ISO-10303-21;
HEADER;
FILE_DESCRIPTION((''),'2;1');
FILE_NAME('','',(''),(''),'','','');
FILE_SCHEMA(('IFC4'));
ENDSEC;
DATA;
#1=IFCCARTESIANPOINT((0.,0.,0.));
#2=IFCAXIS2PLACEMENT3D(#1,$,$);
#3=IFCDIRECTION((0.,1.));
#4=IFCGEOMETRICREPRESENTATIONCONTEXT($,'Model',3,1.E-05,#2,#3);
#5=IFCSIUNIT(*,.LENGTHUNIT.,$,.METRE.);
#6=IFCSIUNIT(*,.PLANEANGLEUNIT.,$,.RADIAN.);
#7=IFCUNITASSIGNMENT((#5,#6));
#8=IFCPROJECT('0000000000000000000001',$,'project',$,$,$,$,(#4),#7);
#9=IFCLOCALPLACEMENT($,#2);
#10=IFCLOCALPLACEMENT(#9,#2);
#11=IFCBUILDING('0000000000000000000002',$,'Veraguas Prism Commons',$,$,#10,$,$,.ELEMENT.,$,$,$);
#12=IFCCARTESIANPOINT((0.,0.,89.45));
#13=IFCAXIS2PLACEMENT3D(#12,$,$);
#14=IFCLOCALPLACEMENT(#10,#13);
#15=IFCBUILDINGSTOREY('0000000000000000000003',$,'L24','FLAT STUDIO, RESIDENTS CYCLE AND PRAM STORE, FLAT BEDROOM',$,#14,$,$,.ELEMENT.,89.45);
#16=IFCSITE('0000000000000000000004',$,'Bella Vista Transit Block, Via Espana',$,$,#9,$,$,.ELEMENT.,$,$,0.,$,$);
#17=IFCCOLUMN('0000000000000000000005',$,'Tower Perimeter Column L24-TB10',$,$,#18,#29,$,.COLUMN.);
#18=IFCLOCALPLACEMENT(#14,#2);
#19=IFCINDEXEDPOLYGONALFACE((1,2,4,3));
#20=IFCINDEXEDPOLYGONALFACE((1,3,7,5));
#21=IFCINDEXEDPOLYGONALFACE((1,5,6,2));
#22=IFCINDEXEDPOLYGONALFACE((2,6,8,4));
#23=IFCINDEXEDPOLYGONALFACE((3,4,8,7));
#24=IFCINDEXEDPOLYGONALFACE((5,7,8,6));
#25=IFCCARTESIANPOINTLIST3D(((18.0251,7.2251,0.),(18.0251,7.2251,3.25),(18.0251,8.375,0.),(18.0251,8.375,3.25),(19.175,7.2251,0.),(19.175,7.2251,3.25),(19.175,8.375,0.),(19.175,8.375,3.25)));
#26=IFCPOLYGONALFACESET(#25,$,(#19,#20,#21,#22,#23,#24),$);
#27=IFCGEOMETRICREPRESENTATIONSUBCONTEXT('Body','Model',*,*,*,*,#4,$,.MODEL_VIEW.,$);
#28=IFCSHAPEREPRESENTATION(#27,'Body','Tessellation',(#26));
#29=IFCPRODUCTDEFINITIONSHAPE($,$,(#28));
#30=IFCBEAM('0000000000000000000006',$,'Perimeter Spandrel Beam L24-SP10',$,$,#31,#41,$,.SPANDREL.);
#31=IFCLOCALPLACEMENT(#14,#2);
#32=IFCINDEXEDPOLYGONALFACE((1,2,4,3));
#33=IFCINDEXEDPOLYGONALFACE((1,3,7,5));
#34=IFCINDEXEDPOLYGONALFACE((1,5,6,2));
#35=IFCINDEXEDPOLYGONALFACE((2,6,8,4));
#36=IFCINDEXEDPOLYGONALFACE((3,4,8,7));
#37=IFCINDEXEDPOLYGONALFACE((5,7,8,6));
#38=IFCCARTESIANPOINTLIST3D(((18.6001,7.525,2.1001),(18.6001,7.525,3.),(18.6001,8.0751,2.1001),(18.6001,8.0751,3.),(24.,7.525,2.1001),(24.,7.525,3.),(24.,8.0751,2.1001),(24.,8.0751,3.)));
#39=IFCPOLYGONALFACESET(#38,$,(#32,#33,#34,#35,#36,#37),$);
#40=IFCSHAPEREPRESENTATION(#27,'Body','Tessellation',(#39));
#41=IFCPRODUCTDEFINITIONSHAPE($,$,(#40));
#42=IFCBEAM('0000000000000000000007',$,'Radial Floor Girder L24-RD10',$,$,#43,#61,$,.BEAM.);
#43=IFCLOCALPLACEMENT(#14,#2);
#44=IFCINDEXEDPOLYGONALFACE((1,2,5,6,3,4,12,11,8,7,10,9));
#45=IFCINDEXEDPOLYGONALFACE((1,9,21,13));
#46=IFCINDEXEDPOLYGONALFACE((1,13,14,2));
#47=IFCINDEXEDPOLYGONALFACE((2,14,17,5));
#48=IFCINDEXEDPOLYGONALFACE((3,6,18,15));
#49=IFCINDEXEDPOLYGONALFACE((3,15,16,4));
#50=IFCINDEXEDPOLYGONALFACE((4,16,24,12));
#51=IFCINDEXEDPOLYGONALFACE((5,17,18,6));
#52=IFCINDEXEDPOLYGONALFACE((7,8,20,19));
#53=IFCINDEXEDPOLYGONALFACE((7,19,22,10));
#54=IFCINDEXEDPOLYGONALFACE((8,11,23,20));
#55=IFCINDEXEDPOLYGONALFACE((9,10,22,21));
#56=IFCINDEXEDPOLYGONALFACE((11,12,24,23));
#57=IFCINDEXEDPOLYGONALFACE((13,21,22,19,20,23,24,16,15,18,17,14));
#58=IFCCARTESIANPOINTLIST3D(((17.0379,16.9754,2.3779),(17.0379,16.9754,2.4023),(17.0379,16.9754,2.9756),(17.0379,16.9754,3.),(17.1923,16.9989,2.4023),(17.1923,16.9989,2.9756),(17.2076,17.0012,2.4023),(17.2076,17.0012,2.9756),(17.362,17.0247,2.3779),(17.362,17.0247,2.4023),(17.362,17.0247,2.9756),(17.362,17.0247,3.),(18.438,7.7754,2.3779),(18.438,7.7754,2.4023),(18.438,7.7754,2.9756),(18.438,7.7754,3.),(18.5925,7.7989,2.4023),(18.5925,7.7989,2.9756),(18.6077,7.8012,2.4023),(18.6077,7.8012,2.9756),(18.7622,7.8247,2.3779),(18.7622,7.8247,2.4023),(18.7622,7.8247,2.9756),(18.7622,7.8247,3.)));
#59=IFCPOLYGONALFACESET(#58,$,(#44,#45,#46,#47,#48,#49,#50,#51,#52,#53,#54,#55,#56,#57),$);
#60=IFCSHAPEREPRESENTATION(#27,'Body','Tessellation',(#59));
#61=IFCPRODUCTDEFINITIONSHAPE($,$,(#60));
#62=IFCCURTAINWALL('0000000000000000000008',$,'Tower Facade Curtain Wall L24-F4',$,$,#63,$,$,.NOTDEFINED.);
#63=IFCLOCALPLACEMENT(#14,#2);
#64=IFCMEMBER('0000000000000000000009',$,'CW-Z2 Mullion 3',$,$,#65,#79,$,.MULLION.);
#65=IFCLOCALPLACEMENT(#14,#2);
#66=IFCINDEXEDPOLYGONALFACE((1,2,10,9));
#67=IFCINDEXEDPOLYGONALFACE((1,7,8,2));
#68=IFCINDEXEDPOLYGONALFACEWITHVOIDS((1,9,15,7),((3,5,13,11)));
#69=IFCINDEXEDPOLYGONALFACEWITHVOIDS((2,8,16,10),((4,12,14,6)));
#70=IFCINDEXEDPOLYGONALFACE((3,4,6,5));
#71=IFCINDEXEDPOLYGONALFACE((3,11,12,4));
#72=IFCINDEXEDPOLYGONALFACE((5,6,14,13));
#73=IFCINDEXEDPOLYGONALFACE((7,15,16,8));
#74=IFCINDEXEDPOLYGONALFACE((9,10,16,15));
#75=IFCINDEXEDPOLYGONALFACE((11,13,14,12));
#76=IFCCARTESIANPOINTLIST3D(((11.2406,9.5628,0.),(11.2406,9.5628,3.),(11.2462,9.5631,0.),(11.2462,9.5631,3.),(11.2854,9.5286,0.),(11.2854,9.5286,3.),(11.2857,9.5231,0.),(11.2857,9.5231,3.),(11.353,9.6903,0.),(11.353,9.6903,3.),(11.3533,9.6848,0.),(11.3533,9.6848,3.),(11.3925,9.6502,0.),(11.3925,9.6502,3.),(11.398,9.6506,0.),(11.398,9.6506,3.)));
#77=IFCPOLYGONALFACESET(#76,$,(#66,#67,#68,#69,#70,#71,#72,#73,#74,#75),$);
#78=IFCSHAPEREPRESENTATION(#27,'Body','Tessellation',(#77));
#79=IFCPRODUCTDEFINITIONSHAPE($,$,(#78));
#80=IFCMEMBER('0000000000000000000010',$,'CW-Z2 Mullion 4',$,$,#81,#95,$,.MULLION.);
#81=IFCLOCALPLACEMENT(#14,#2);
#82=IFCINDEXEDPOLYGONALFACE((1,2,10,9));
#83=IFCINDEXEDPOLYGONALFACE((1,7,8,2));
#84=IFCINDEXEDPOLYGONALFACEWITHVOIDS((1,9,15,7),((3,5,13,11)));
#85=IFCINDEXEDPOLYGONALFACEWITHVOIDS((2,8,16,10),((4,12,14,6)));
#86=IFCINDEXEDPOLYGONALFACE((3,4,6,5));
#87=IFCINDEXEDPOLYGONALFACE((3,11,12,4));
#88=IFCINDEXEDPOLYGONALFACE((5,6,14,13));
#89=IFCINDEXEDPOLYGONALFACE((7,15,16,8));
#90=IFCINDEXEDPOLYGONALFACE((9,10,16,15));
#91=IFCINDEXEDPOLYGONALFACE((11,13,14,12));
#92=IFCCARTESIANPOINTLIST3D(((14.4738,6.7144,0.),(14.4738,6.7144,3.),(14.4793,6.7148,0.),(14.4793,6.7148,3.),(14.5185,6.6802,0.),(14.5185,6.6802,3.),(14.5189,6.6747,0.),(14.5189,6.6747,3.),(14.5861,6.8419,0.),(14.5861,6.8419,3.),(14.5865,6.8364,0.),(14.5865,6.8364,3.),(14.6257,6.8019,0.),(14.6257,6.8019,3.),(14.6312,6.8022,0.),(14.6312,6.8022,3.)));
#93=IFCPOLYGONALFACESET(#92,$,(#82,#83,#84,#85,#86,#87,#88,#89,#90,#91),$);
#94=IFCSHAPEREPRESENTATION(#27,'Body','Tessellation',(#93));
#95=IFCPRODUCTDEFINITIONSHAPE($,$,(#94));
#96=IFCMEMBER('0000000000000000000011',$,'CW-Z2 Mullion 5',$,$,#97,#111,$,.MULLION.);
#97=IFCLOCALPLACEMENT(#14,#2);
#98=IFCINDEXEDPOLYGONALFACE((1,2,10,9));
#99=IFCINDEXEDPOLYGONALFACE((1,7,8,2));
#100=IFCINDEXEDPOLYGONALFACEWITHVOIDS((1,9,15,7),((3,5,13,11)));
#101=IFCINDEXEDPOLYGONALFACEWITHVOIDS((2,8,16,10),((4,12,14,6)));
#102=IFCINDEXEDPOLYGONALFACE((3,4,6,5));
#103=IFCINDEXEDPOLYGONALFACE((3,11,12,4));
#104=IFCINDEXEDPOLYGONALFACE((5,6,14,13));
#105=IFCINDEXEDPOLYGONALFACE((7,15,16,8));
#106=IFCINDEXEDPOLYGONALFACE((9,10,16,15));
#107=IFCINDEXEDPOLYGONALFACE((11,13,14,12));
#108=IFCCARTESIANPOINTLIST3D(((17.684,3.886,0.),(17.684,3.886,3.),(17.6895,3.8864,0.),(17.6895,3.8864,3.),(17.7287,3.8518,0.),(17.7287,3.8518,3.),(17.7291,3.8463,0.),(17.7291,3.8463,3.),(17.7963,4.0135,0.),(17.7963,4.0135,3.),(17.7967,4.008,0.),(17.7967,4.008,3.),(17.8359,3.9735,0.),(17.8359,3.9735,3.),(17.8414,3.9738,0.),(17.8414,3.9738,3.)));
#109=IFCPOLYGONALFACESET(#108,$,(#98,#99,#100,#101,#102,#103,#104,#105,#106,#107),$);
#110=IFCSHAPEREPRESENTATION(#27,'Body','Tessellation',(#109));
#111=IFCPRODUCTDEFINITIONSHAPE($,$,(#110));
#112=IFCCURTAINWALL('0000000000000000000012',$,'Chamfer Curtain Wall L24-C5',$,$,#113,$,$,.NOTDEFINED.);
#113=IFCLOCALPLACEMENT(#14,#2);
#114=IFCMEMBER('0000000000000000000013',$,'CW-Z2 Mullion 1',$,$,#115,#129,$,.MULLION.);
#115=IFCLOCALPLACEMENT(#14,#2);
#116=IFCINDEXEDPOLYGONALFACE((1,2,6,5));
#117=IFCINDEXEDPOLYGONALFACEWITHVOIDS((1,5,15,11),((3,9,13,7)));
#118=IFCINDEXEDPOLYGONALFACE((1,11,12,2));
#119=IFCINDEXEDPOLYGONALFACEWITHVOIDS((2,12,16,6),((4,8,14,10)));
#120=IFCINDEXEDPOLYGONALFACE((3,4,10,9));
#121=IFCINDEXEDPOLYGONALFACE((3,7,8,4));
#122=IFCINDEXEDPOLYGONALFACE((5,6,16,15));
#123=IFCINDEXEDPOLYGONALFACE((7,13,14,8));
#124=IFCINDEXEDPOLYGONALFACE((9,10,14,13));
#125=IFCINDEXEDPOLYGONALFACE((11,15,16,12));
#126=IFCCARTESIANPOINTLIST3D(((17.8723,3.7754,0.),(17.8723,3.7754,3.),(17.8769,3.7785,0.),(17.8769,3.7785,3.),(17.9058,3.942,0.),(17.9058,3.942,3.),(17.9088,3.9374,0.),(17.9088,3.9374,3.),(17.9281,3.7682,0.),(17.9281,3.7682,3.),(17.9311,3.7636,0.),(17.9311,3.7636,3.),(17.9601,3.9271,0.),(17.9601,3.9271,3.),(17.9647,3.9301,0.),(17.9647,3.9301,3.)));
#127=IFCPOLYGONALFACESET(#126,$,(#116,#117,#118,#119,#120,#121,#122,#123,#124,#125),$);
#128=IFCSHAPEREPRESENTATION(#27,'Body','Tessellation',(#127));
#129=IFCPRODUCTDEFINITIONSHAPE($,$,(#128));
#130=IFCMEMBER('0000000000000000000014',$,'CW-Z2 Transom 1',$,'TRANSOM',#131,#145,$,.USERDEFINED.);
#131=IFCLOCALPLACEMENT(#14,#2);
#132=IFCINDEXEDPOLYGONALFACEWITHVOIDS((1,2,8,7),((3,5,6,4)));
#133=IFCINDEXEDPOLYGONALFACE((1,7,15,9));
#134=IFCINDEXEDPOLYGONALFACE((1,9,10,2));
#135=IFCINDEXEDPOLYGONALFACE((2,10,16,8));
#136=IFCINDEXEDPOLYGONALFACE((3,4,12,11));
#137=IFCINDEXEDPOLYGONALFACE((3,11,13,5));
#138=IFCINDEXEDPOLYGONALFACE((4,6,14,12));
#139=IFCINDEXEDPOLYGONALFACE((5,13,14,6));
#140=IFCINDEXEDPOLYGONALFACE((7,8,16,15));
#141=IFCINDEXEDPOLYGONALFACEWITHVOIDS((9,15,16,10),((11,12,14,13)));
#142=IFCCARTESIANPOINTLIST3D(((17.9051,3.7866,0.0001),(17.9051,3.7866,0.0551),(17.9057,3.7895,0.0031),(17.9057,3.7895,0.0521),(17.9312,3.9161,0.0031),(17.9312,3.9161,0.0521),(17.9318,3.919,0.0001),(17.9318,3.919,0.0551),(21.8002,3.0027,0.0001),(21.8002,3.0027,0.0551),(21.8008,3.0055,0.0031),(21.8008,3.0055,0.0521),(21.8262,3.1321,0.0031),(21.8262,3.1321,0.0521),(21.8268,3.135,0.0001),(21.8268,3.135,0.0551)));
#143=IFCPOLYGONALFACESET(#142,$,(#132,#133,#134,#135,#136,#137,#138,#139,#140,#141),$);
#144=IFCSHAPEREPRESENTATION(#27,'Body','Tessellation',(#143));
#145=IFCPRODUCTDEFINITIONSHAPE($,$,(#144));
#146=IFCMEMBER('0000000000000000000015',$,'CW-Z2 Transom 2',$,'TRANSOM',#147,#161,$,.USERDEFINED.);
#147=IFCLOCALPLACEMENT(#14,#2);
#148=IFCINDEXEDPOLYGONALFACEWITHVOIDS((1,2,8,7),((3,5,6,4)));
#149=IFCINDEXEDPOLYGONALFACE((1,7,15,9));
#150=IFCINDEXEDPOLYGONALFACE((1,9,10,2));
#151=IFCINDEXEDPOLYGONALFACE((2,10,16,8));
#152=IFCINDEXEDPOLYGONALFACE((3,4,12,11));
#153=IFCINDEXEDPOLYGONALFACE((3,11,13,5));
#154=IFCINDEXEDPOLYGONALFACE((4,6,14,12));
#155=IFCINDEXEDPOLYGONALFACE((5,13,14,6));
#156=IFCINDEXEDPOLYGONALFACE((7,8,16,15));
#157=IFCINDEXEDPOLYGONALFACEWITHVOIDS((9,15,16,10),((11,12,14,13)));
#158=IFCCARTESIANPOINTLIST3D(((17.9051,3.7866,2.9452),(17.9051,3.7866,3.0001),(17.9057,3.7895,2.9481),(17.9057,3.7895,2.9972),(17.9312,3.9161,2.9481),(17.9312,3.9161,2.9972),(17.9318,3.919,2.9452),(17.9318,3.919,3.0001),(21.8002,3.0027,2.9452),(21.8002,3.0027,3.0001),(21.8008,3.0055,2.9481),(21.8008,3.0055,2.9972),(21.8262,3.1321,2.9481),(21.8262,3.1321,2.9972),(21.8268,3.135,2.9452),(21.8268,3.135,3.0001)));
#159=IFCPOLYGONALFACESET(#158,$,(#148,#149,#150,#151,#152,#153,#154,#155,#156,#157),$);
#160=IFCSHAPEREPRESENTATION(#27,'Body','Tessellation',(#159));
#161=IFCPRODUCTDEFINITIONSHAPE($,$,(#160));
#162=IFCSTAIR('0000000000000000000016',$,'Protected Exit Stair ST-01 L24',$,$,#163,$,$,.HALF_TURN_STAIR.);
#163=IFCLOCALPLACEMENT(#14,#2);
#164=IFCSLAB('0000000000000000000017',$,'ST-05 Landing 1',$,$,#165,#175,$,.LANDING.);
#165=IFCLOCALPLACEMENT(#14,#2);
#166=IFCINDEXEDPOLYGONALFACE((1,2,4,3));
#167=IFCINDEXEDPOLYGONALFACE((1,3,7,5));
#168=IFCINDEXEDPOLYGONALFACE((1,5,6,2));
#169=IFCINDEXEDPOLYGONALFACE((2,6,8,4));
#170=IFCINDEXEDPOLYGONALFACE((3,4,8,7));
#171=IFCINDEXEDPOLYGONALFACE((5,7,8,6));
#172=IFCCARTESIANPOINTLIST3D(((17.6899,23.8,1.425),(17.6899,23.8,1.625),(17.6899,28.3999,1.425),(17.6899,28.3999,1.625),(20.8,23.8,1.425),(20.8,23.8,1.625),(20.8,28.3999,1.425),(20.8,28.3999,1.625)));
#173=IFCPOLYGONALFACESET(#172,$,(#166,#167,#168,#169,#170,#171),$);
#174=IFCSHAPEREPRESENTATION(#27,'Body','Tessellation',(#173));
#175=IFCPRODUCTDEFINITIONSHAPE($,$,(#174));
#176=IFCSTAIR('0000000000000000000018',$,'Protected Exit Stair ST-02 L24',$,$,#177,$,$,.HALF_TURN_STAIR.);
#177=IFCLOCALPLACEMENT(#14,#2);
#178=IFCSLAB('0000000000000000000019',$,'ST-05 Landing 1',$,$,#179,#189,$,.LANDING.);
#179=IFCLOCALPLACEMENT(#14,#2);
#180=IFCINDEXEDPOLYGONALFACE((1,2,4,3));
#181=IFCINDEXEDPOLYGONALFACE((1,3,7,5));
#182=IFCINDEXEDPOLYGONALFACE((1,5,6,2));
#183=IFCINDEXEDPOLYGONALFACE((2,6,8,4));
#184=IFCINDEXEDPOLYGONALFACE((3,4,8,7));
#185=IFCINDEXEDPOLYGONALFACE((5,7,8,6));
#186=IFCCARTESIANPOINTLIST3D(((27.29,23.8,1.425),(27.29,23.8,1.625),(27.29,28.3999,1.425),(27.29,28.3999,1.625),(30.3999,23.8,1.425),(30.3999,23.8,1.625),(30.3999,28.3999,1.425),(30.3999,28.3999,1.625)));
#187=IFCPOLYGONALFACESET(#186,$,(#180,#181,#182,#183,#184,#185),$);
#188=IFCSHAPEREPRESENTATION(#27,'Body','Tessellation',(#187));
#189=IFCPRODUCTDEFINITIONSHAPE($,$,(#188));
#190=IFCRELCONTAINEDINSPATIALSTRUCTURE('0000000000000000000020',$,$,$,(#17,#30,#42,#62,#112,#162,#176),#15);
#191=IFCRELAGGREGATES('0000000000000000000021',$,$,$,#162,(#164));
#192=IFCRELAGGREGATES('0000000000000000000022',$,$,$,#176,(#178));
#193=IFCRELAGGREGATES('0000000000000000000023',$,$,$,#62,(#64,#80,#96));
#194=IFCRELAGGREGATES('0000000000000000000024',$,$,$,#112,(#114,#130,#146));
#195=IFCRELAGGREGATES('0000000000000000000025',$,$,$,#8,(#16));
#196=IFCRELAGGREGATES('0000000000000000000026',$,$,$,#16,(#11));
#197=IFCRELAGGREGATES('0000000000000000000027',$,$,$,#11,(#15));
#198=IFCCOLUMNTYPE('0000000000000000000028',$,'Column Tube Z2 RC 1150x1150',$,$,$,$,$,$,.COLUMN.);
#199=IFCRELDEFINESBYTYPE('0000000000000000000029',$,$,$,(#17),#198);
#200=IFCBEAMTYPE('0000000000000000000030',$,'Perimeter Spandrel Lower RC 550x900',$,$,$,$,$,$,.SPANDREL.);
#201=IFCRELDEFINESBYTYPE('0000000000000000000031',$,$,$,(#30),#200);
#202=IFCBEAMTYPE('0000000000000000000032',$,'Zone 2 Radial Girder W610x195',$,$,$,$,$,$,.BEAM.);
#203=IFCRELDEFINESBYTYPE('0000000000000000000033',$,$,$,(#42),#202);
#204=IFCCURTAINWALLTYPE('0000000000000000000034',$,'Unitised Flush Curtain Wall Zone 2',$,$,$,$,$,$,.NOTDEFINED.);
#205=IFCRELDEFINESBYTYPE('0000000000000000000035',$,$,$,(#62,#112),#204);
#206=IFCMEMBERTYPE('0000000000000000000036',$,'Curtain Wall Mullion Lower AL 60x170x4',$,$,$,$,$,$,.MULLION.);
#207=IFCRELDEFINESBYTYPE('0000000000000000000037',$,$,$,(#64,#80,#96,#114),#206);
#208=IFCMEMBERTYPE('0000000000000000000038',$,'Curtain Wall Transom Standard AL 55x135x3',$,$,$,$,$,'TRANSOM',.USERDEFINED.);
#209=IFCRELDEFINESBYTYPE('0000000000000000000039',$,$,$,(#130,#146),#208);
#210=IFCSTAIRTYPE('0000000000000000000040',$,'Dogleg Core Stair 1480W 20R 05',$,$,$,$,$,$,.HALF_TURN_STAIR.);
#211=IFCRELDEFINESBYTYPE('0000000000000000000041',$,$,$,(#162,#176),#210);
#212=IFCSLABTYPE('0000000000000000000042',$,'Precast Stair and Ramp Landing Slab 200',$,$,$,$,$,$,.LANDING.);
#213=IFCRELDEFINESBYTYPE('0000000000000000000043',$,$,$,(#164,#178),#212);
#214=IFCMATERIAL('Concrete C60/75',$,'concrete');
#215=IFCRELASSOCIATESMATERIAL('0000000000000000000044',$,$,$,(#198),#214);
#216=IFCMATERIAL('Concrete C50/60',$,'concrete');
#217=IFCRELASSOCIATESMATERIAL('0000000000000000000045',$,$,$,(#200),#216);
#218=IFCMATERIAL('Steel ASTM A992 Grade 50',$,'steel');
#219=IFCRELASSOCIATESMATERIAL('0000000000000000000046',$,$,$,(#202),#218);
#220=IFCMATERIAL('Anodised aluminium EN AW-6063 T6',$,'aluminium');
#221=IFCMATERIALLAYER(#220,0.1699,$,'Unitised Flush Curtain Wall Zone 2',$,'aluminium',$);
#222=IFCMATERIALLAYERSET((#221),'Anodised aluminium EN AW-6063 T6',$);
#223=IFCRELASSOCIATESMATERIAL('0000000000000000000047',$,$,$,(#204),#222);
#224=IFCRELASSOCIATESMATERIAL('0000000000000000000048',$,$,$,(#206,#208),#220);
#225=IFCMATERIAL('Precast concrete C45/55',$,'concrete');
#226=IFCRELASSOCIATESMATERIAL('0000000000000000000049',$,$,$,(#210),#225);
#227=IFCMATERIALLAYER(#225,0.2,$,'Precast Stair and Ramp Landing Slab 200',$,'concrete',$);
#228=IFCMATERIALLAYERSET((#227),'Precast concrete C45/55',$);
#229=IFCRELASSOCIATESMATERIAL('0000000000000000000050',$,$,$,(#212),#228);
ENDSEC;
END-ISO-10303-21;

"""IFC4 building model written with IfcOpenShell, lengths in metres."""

from ifc_helpers import new_model, si_unit, direction, frame, origin, origin_2d, place, context, subcontext, project, spatial, polyline, rectangle, hollow_rectangle, i_section, outline, extrude, source, transform, mapped, material, layer, layer_set, material_profile, profile_set, type_object, element, aggregate, save


model = new_model("IFC4")

# Units and contexts
model_context = context("Model", 3, precision=1e-05, world=origin(), true_north=direction((0.0, 1.0)))
body_context = subcontext(model_context, "Body", "Model", "MODEL_VIEW")
ifc_project = project(units=[si_unit("LENGTHUNIT", "METRE"), si_unit("PLANEANGLEUNIT", "RADIAN")], contexts=[model_context])

# Site, building, storey
site_placement = place(None, origin())
site = spatial("IfcSite", under=ifc_project, at=site_placement, Name="Bella Vista Transit Block, Via Espana", CompositionType="ELEMENT", RefElevation=0.0)
building_placement = place(site_placement, origin())
building = spatial("IfcBuilding", under=site, at=building_placement, Name="Veraguas Prism Commons", CompositionType="ELEMENT")
storey_placement = place(building_placement, frame((0.0, 0.0, 89.45)))
storey = spatial("IfcBuildingStorey", under=building, at=storey_placement, Name="L24", Description="FLAT STUDIO, RESIDENTS CYCLE AND PRAM STORE, FLAT BEDROOM", CompositionType="ELEMENT", Elevation=89.45)

# Column
ifc_material_1 = material(Name="Concrete C60/75", Category="concrete")
ifc_material_profile_1 = material_profile(ifc_material_1, rectangle(XDim=1.1499, YDim=1.1499, at=origin_2d()), Name="RC1150X1150")
ifc_profile_set_1 = profile_set([ifc_material_profile_1], Name="Concrete C60/75")
column_type = type_object("IfcColumnType", Name="Column Tube Z2 RC 1150x1150", PredefinedType="COLUMN", material=ifc_profile_set_1)
column_placement = place(storey_placement, frame((18.6001, 7.8, 0.0), z_axis=(0.0, 0.0, 1.0), x_axis=(1.0, 0.0, 0.0)))
element("IfcColumn", 1, at=column_placement, inside=storey, type_object=column_type, Name="Tower Perimeter Column L24-TB10", PredefinedType="COLUMN", context=body_context, shape_type="SweptSolid", body=[
    extrude(rectangle(XDim=1.1499, YDim=1.1499, at=origin_2d()), origin(), (0.0, 0.0, 1.0), 3.25),
])

# Beams
ifc_material_2 = material(Name="Concrete C50/60", Category="concrete")
ifc_material_profile_2 = material_profile(ifc_material_2, rectangle(XDim=0.55, YDim=0.8999, at=origin_2d()), Name="RC550X900")
ifc_profile_set_2 = profile_set([ifc_material_profile_2], Name="Concrete C50/60")
beam_type_1 = type_object("IfcBeamType", Name="Perimeter Spandrel Lower RC 550x900", PredefinedType="SPANDREL", material=ifc_profile_set_2)
beam_1_placement = place(storey_placement, frame((18.6001, 7.8, 2.55), z_axis=(1.0, 0.0, 0.0), x_axis=(0.0, 1.0, 0.0)))
element("IfcBeam", 2, at=beam_1_placement, inside=storey, type_object=beam_type_1, Name="Perimeter Spandrel Beam L24-SP10", PredefinedType="SPANDREL", context=body_context, shape_type="SweptSolid", body=[
    extrude(rectangle(XDim=0.55, YDim=0.8999, at=origin_2d()), origin(), (0.0, 0.0, 1.0), 5.3999),
])
ifc_material_3 = material(Name="Steel ASTM A992 Grade 50", Category="steel")
ifc_material_profile_3 = material_profile(ifc_material_3, i_section(OverallWidth=0.3279, OverallDepth=0.6221, WebThickness=0.0154, FlangeThickness=0.0244, at=origin_2d()), Name="W610X195")
ifc_profile_set_3 = profile_set([ifc_material_profile_3], Name="Steel ASTM A992 Grade 50")
beam_type_2 = type_object("IfcBeamType", Name="Zone 2 Radial Girder W610x195", PredefinedType="BEAM", material=ifc_profile_set_3)
beam_2_placement = place(storey_placement, frame((18.6001, 7.8, 2.689), z_axis=(-0.150458, 0.988616, 0.0), x_axis=(-0.988616, -0.150458, 0.0)))
element("IfcBeam", 3, at=beam_2_placement, inside=storey, type_object=beam_type_2, Name="Radial Floor Girder L24-RD10", PredefinedType="BEAM", context=body_context, shape_type="SweptSolid", body=[
    extrude(i_section(OverallWidth=0.3279, OverallDepth=0.6221, WebThickness=0.0154, FlangeThickness=0.0244, at=origin_2d()), origin(), (0.0, 0.0, 1.0), 9.3059),
])

# Curtain walls, members
ifc_material_4 = material(Name="Anodised aluminium EN AW-6063 T6", Category="aluminium")
ifc_layer_1 = layer(ifc_material_4, 0.1699, Name="Unitised Flush Curtain Wall Zone 2", Category="aluminium")
ifc_layer_set_1 = layer_set([ifc_layer_1], Name="Anodised aluminium EN AW-6063 T6")
curtain_wall_type = type_object("IfcCurtainWallType", Name="Unitised Flush Curtain Wall Zone 2", PredefinedType="NOTDEFINED", material=ifc_layer_set_1)
curtain_wall_1_placement = place(storey_placement, origin())
curtain_wall_1 = element("IfcCurtainWall", 4, at=curtain_wall_1_placement, inside=storey, type_object=curtain_wall_type, Name="Tower Facade Curtain Wall L24-F4", PredefinedType="NOTDEFINED")
ifc_material_profile_4 = material_profile(ifc_material_4, hollow_rectangle(XDim=0.0601, YDim=0.1699, WallThickness=0.0039, at=origin_2d()), Name="AL60X170X4")
ifc_profile_set_4 = profile_set([ifc_material_profile_4], Name="Anodised aluminium EN AW-6063 T6")
member_type_1 = type_object("IfcMemberType", Name="Curtain Wall Mullion Lower AL 60x170x4", PredefinedType="MULLION", material=ifc_profile_set_4)
shared_shape_1 = source(origin(), body_context, "Body", "SweptSolid", [
    extrude(hollow_rectangle(XDim=0.0601, YDim=0.1699, WallThickness=0.0039, at=origin_2d()), origin(), (0.0, 0.0, 1.0), 3.0),
])
member_1_placement = place(storey_placement, frame((11.3193, 9.6067, 0.0), z_axis=(0.0, 0.0, 1.0), x_axis=(0.750342, -0.66105, 0.0)))
member_1 = element("IfcMember", 5, at=member_1_placement, type_object=member_type_1, Name="CW-Z2 Mullion 3", PredefinedType="MULLION", context=body_context, shape_type="MappedRepresentation", body=[
    mapped(shared_shape_1, transform((0.0, 0.0, 0.0), scale=1.0)),
])
member_2_placement = place(storey_placement, frame((14.5525, 6.7583, 0.0), z_axis=(0.0, 0.0, 1.0), x_axis=(0.750342, -0.66105, 0.0)))
member_2 = element("IfcMember", 6, at=member_2_placement, type_object=member_type_1, Name="CW-Z2 Mullion 4", PredefinedType="MULLION", context=body_context, shape_type="MappedRepresentation", body=[
    mapped(shared_shape_1, transform((0.0, 0.0, 0.0), scale=1.0)),
])
member_3_placement = place(storey_placement, frame((17.7627, 3.9299, 0.0), z_axis=(0.0, 0.0, 1.0), x_axis=(0.750342, -0.66105, 0.0)))
member_3 = element("IfcMember", 7, at=member_3_placement, type_object=member_type_1, Name="CW-Z2 Mullion 5", PredefinedType="MULLION", context=body_context, shape_type="MappedRepresentation", body=[
    mapped(shared_shape_1, transform((0.0, 0.0, 0.0), scale=1.0)),
])
curtain_wall_2_placement = place(storey_placement, origin())
curtain_wall_2 = element("IfcCurtainWall", 8, at=curtain_wall_2_placement, inside=storey, type_object=curtain_wall_type, Name="Chamfer Curtain Wall L24-C5", PredefinedType="NOTDEFINED")
member_4_placement = place(storey_placement, frame((17.9185, 3.8528, 0.0), z_axis=(0.0, 0.0, 1.0), x_axis=(0.98034, -0.197313, 0.0)))
member_4 = element("IfcMember", 9, at=member_4_placement, type_object=member_type_1, Name="CW-Z2 Mullion 1", PredefinedType="MULLION", context=body_context, shape_type="MappedRepresentation", body=[
    mapped(shared_shape_1, transform((0.0, 0.0, 0.0), scale=1.0)),
])
ifc_material_profile_5 = material_profile(ifc_material_4, hollow_rectangle(XDim=0.0549, YDim=0.135, WallThickness=0.0029, at=origin_2d()), Name="AL55X135X3")
ifc_profile_set_5 = profile_set([ifc_material_profile_5], Name="Anodised aluminium EN AW-6063 T6")
member_type_2 = type_object("IfcMemberType", Name="Curtain Wall Transom Standard AL 55x135x3", ElementType="TRANSOM", PredefinedType="USERDEFINED", material=ifc_profile_set_5)
shared_shape_2 = source(origin(), body_context, "Body", "SweptSolid", [
    extrude(hollow_rectangle(XDim=0.0549, YDim=0.135, WallThickness=0.0029, at=origin_2d()), origin(), (0.0, 0.0, 1.0), 3.9731),
])
member_5_placement = place(storey_placement, frame((17.9185, 3.8528, 0.0276), z_axis=(0.980341, -0.197309, 0.0), x_axis=(0.0, 0.0, 1.0)))
member_5 = element("IfcMember", 10, at=member_5_placement, type_object=member_type_2, Name="CW-Z2 Transom 1", ObjectType="TRANSOM", PredefinedType="USERDEFINED", context=body_context, shape_type="MappedRepresentation", body=[
    mapped(shared_shape_2, transform((0.0, 0.0, 0.0), scale=1.0)),
])
member_6_placement = place(storey_placement, frame((17.9185, 3.8528, 2.9727), z_axis=(0.980341, -0.197309, 0.0), x_axis=(0.0, 0.0, 1.0)))
member_6 = element("IfcMember", 11, at=member_6_placement, type_object=member_type_2, Name="CW-Z2 Transom 2", ObjectType="TRANSOM", PredefinedType="USERDEFINED", context=body_context, shape_type="MappedRepresentation", body=[
    mapped(shared_shape_2, transform((0.0, 0.0, 0.0), scale=1.0)),
])

# Stairs, slabs
ifc_material_5 = material(Name="Precast concrete C45/55", Category="concrete")
stair_type = type_object("IfcStairType", Name="Dogleg Core Stair 1480W 20R 05", PredefinedType="HALF_TURN_STAIR", material=ifc_material_5)
stair_1_placement = place(storey_placement, origin())
stair_1 = element("IfcStair", 12, at=stair_1_placement, inside=storey, type_object=stair_type, Name="Protected Exit Stair ST-01 L24", PredefinedType="HALF_TURN_STAIR")
ifc_layer_2 = layer(ifc_material_5, 0.2, Name="Precast Stair and Ramp Landing Slab 200", Category="concrete")
ifc_layer_set_2 = layer_set([ifc_layer_2], Name="Precast concrete C45/55")
slab_type_1 = type_object("IfcSlabType", Name="Precast Stair and Ramp Landing Slab 200", PredefinedType="LANDING", material=ifc_layer_set_2)
slab_1_placement = place(storey_placement, frame((0.0, 0.0, 1.425)))
slab_1 = element("IfcSlab", 13, at=slab_1_placement, type_object=slab_type_1, Name="ST-05 Landing 1", PredefinedType="LANDING", context=body_context, shape_type="SweptSolid", body=[
    extrude(outline(polyline([(20.8, 23.8), (20.8, 28.3999), (17.6899, 28.3999), (17.6899, 23.8), (20.8, 23.8)])), origin(), (0.0, 0.0, 1.0), 0.2),
])
aggregate(stair_1, [slab_1])
stair_2_placement = place(storey_placement, origin())
stair_2 = element("IfcStair", 14, at=stair_2_placement, inside=storey, type_object=stair_type, Name="Protected Exit Stair ST-02 L24", PredefinedType="HALF_TURN_STAIR")
slab_2_placement = place(storey_placement, frame((0.0, 0.0, 1.425)))
slab_2 = element("IfcSlab", 15, at=slab_2_placement, type_object=slab_type_1, Name="ST-05 Landing 1", PredefinedType="LANDING", context=body_context, shape_type="SweptSolid", body=[
    extrude(outline(polyline([(30.3999, 23.8), (30.3999, 28.3999), (27.29, 28.3999), (27.29, 23.8), (30.3999, 23.8)])), origin(), (0.0, 0.0, 1.0), 0.2),
])
aggregate(stair_2, [slab_2])

aggregate(curtain_wall_1, [member_1, member_2, member_3])
aggregate(curtain_wall_2, [member_4, member_5, member_6])

save(model, "model.ifc")
